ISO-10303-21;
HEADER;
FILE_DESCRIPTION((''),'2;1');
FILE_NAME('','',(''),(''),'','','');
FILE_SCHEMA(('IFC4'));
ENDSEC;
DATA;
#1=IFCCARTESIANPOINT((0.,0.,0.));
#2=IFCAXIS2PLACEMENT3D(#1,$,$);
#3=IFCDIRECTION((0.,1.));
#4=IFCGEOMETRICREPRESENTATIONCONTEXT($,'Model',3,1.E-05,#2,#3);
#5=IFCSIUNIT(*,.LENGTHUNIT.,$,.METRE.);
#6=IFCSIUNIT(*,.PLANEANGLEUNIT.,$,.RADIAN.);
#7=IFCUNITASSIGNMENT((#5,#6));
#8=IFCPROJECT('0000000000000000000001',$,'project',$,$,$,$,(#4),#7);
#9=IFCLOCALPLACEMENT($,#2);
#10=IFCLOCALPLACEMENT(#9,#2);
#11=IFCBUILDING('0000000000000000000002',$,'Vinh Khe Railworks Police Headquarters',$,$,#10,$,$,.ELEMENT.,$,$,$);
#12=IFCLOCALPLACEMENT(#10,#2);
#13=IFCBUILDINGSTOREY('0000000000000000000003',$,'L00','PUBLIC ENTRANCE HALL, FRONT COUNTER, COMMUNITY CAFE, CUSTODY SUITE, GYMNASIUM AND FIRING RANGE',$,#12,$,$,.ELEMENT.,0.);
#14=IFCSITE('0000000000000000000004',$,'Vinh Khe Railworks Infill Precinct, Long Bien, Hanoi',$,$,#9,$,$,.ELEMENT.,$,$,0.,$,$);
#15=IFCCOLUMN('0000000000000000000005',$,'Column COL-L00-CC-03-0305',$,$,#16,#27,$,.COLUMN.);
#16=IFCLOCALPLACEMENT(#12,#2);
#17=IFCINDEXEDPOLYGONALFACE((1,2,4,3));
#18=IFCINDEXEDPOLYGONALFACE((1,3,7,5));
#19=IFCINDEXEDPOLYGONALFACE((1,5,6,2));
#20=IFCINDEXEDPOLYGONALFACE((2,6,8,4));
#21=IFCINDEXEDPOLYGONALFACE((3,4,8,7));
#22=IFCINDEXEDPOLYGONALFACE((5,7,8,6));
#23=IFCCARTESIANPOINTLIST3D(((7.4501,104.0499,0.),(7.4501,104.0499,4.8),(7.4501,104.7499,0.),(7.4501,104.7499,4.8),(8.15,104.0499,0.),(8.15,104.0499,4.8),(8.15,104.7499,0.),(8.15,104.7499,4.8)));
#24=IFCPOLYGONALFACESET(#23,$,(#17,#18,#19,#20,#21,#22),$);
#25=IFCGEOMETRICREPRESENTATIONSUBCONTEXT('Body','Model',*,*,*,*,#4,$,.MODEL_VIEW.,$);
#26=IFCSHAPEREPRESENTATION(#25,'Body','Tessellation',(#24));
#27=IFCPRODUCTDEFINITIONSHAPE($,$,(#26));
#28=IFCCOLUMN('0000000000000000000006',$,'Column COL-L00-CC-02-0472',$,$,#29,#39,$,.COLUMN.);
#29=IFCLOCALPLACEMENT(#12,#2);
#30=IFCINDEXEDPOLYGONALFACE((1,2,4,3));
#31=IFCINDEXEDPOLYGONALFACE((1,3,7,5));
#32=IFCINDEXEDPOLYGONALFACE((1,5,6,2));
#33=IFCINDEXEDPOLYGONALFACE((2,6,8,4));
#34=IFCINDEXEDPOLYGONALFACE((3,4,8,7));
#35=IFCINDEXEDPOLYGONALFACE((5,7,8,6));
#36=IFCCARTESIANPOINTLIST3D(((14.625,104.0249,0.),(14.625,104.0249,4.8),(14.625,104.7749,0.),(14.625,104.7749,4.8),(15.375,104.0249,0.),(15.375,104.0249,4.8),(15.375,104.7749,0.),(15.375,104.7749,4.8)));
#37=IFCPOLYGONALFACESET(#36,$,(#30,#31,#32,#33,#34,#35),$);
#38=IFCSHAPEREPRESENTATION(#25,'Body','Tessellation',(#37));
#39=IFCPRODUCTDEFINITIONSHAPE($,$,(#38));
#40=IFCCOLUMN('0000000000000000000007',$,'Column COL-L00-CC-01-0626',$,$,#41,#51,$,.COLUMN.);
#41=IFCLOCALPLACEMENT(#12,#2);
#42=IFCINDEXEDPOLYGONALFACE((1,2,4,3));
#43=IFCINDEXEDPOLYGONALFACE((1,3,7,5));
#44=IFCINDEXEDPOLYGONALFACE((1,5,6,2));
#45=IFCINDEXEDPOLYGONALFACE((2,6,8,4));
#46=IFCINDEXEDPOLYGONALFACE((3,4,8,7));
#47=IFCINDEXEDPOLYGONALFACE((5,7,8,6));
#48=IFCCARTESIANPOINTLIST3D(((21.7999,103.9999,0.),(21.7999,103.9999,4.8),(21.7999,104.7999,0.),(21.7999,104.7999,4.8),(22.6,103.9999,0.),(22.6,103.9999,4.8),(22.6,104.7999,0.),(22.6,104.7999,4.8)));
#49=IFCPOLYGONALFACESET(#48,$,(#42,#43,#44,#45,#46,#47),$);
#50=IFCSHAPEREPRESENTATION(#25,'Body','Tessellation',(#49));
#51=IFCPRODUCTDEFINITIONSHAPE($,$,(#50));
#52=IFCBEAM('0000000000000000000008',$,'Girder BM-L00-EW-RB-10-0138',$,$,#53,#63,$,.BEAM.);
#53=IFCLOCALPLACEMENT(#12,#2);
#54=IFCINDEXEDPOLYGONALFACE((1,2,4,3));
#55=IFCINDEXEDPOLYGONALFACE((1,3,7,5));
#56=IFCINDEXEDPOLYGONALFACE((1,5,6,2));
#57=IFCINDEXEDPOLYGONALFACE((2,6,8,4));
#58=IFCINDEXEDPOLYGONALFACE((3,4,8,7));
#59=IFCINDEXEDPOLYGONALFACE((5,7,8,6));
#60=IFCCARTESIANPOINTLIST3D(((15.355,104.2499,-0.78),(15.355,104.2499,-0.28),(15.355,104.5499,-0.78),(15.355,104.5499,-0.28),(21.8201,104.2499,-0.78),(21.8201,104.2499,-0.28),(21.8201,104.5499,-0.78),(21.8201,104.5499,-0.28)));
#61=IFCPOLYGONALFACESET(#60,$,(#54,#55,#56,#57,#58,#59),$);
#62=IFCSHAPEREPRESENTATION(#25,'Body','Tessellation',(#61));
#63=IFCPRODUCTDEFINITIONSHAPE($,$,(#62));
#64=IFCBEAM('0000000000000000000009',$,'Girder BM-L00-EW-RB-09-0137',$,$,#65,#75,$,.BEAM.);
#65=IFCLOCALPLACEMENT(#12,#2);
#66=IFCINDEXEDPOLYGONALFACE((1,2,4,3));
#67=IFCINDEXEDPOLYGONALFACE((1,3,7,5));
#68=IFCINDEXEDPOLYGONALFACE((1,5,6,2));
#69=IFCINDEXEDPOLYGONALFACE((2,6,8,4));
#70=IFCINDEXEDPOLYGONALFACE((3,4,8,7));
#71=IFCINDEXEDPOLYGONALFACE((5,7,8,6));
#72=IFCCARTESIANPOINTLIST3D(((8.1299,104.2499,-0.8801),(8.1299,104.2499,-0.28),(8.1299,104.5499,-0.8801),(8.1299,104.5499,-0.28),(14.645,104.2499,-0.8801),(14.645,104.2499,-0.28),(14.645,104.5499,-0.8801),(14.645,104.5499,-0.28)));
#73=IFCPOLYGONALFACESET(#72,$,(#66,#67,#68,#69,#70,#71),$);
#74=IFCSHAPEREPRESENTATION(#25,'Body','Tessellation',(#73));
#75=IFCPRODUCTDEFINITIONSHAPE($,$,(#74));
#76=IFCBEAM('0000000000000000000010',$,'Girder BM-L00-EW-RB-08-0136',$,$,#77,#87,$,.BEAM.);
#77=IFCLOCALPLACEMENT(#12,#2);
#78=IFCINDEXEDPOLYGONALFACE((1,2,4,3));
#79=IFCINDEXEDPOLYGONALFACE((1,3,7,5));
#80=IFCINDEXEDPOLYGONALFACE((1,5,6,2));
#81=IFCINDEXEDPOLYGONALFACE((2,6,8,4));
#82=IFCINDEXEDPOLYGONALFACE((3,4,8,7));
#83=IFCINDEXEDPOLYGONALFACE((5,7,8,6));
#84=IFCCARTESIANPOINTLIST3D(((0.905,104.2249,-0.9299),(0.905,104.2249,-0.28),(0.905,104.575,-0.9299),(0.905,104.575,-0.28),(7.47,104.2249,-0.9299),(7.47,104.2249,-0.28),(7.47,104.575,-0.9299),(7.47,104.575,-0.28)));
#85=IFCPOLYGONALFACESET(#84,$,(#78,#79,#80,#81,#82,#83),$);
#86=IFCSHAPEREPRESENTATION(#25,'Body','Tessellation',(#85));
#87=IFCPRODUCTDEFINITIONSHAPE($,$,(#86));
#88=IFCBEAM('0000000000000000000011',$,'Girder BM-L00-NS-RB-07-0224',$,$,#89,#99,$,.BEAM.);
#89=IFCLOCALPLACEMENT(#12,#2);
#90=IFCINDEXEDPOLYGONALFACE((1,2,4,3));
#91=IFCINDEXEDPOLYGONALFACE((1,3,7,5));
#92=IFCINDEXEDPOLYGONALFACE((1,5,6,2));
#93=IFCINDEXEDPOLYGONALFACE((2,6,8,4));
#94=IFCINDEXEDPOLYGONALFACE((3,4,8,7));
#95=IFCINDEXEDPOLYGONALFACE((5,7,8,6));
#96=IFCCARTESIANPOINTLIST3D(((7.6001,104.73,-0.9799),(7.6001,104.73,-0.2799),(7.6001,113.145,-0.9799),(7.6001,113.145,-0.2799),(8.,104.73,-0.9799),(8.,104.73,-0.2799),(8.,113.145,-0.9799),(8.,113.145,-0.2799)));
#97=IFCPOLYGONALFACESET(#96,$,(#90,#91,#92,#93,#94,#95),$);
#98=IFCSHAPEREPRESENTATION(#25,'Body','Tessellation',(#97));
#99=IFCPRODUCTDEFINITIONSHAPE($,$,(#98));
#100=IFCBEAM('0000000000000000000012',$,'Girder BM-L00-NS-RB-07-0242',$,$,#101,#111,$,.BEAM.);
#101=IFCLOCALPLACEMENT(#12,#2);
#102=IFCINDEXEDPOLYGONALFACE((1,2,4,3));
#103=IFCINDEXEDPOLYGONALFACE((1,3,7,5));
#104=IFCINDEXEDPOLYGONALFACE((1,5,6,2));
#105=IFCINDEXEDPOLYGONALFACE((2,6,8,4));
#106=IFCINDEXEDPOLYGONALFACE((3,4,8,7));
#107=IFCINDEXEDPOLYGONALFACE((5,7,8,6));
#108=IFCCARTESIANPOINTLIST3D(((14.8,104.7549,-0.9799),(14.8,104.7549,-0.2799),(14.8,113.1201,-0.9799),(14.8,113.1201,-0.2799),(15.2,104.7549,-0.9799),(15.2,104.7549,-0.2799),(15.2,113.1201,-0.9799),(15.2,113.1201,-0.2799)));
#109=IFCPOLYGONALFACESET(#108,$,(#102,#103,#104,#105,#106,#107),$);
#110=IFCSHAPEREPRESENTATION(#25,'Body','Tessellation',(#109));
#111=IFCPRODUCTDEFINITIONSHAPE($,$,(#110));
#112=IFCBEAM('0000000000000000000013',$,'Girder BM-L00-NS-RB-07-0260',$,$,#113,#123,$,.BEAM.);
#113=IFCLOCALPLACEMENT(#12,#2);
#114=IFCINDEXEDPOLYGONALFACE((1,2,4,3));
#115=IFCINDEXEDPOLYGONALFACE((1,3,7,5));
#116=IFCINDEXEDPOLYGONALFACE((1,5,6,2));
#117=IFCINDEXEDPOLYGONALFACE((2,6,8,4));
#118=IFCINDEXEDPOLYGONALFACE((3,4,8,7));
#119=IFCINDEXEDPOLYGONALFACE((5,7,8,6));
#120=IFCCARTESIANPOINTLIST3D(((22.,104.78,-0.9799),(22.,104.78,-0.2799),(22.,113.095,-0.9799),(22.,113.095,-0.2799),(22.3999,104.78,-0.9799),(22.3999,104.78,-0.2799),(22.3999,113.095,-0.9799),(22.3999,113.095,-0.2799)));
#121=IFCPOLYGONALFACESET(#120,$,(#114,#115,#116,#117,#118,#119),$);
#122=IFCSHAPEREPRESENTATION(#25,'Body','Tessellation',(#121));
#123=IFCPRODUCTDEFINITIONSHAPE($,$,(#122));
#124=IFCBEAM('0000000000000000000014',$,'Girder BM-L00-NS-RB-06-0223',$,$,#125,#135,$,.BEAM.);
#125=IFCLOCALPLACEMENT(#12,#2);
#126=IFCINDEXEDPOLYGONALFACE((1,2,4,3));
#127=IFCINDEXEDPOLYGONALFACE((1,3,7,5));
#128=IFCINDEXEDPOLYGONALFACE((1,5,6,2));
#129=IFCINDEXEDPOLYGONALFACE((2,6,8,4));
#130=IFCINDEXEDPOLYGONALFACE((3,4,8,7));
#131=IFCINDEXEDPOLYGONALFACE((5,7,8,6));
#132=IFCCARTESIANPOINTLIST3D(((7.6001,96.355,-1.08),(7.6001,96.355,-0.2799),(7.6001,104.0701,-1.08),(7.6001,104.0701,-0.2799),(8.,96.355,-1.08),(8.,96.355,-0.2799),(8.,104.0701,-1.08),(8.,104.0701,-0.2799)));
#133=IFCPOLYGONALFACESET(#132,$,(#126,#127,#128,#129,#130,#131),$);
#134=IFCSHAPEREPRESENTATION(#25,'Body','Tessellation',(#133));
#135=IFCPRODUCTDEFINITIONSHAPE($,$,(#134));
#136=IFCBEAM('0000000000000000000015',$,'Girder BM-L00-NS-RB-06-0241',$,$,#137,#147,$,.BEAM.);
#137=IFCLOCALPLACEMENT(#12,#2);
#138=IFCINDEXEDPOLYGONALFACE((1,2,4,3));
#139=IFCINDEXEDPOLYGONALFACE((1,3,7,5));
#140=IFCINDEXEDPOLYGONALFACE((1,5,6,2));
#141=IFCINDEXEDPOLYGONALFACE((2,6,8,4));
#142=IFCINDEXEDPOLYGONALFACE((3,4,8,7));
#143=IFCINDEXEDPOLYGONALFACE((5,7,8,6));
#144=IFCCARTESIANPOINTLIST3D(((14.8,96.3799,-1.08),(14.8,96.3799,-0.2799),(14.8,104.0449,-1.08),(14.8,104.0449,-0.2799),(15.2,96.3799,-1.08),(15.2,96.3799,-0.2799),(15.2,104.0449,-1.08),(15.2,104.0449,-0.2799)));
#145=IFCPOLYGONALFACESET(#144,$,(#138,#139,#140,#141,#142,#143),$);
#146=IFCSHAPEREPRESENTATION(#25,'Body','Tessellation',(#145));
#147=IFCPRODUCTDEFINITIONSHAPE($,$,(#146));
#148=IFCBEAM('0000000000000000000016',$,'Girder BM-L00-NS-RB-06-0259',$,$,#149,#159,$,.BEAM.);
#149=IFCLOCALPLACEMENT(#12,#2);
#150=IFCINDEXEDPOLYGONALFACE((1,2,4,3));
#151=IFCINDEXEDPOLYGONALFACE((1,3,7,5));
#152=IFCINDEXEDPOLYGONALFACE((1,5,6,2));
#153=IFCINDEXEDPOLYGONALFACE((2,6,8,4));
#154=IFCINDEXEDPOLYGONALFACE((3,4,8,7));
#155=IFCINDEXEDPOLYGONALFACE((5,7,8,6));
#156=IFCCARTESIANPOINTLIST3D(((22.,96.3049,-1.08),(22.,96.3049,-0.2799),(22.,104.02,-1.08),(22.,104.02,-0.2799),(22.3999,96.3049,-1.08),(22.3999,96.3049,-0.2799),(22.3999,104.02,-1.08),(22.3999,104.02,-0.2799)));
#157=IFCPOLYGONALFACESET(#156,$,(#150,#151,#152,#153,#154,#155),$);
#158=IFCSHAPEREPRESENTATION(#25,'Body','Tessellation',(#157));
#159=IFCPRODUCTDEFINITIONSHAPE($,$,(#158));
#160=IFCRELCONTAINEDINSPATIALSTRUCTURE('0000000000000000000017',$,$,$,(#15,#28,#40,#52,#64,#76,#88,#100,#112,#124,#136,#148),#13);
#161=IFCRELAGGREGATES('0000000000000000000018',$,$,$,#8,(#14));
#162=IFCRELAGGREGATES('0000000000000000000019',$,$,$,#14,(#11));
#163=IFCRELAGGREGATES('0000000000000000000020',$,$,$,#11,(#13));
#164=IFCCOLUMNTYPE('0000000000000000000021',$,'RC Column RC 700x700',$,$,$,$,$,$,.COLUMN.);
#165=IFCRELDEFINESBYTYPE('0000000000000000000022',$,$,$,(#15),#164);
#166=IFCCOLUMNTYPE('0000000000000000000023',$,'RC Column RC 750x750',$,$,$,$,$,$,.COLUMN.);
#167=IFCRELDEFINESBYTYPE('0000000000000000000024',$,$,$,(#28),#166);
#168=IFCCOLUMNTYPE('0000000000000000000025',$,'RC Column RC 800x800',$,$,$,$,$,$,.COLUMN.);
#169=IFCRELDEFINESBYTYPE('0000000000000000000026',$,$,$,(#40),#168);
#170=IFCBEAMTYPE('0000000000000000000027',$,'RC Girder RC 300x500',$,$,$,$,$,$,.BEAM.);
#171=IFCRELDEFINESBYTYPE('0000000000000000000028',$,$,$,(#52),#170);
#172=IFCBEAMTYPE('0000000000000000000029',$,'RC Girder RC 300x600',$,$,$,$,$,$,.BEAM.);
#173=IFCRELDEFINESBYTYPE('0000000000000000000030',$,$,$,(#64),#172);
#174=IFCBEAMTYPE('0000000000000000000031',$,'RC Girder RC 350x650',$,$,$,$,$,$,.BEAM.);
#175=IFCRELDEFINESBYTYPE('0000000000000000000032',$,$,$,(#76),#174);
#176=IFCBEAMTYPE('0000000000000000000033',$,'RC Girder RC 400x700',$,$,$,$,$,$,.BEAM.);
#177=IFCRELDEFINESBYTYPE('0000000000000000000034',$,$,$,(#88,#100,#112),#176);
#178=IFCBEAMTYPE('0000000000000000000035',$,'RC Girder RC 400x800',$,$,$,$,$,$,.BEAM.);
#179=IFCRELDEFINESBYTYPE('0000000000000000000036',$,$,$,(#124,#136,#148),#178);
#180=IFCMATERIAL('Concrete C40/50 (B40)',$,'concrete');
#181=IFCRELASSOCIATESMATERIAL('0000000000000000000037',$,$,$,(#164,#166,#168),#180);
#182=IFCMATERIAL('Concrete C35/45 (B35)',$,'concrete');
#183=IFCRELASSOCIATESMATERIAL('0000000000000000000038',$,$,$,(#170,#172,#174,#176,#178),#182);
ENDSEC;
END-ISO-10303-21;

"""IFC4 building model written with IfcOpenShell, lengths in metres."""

from ifc_helpers import new_model, si_unit, direction, frame, origin, origin_2d, place, context, subcontext, project, spatial, rectangle, extrude, material, material_profile, profile_set, type_object, element, save


model = new_model("IFC4")

# Units and contexts
model_context = context("Model", 3, precision=1e-05, world=origin(), true_north=direction((0.0, 1.0)))
body_context = subcontext(model_context, "Body", "Model", "MODEL_VIEW")
ifc_project = project(units=[si_unit("LENGTHUNIT", "METRE"), si_unit("PLANEANGLEUNIT", "RADIAN")], contexts=[model_context])

# Site, building, storey
site_placement = place(None, origin())
site = spatial("IfcSite", under=ifc_project, at=site_placement, Name="Vinh Khe Railworks Infill Precinct, Long Bien, Hanoi", CompositionType="ELEMENT", RefElevation=0.0)
building_placement = place(site_placement, origin())
building = spatial("IfcBuilding", under=site, at=building_placement, Name="Vinh Khe Railworks Police Headquarters", CompositionType="ELEMENT")
storey_placement = place(building_placement, origin())
storey = spatial("IfcBuildingStorey", under=building, at=storey_placement, Name="L00", Description="PUBLIC ENTRANCE HALL, FRONT COUNTER, COMMUNITY CAFE, CUSTODY SUITE, GYMNASIUM AND FIRING RANGE", CompositionType="ELEMENT", Elevation=0.0)

# Columns
ifc_material_1 = material(Name="Concrete C40/50 (B40)", Category="concrete")
ifc_material_profile_1 = material_profile(ifc_material_1, rectangle(XDim=0.7, YDim=0.7, at=origin_2d()), Name="RC 700x700")
ifc_profile_set_1 = profile_set([ifc_material_profile_1], Name="Concrete C40/50 (B40)")
column_type_1 = type_object("IfcColumnType", Name="RC Column RC 700x700", PredefinedType="COLUMN", material=ifc_profile_set_1)
column_1_placement = place(storey_placement, frame((7.8, 104.3999, 0.0), z_axis=(0.0, 0.0, 1.0), x_axis=(1.0, 0.0, 0.0)))
element("IfcColumn", 1, at=column_1_placement, inside=storey, type_object=column_type_1, Name="Column COL-L00-CC-03-0305", PredefinedType="COLUMN", context=body_context, shape_type="SweptSolid", body=[
    extrude(rectangle(XDim=0.7, YDim=0.7, at=origin_2d()), origin(), (0.0, 0.0, 1.0), 4.8),
])
ifc_material_profile_2 = material_profile(ifc_material_1, rectangle(XDim=0.75, YDim=0.75, at=origin_2d()), Name="RC 750x750")
ifc_profile_set_2 = profile_set([ifc_material_profile_2], Name="Concrete C40/50 (B40)")
column_type_2 = type_object("IfcColumnType", Name="RC Column RC 750x750", PredefinedType="COLUMN", material=ifc_profile_set_2)
column_2_placement = place(storey_placement, frame((15.0, 104.3999, 0.0), z_axis=(0.0, 0.0, 1.0), x_axis=(1.0, 0.0, 0.0)))
element("IfcColumn", 2, at=column_2_placement, inside=storey, type_object=column_type_2, Name="Column COL-L00-CC-02-0472", PredefinedType="COLUMN", context=body_context, shape_type="SweptSolid", body=[
    extrude(rectangle(XDim=0.75, YDim=0.75, at=origin_2d()), origin(), (0.0, 0.0, 1.0), 4.8),
])
ifc_material_profile_3 = material_profile(ifc_material_1, rectangle(XDim=0.8, YDim=0.8, at=origin_2d()), Name="RC 800x800")
ifc_profile_set_3 = profile_set([ifc_material_profile_3], Name="Concrete C40/50 (B40)")
column_type_3 = type_object("IfcColumnType", Name="RC Column RC 800x800", PredefinedType="COLUMN", material=ifc_profile_set_3)
column_3_placement = place(storey_placement, frame((22.2, 104.3999, 0.0), z_axis=(0.0, 0.0, 1.0), x_axis=(1.0, 0.0, 0.0)))
element("IfcColumn", 3, at=column_3_placement, inside=storey, type_object=column_type_3, Name="Column COL-L00-CC-01-0626", PredefinedType="COLUMN", context=body_context, shape_type="SweptSolid", body=[
    extrude(rectangle(XDim=0.8, YDim=0.8, at=origin_2d()), origin(), (0.0, 0.0, 1.0), 4.8),
])

# Beams
ifc_material_2 = material(Name="Concrete C35/45 (B35)", Category="concrete")
ifc_material_profile_4 = material_profile(ifc_material_2, rectangle(XDim=0.3, YDim=0.5, at=origin_2d()), Name="RC 300x500")
ifc_profile_set_4 = profile_set([ifc_material_profile_4], Name="Concrete C35/45 (B35)")
beam_type_1 = type_object("IfcBeamType", Name="RC Girder RC 300x500", PredefinedType="BEAM", material=ifc_profile_set_4)
beam_1_placement = place(storey_placement, frame((15.355, 104.3999, -0.53), z_axis=(1.0, 0.0, 0.0), x_axis=(0.0, 1.0, 0.0)))
element("IfcBeam", 4, at=beam_1_placement, inside=storey, type_object=beam_type_1, Name="Girder BM-L00-EW-RB-10-0138", PredefinedType="BEAM", context=body_context, shape_type="SweptSolid", body=[
    extrude(rectangle(XDim=0.3, YDim=0.5, at=origin_2d()), origin(), (0.0, 0.0, 1.0), 6.4651),
])
ifc_material_profile_5 = material_profile(ifc_material_2, rectangle(XDim=0.3, YDim=0.6001, at=origin_2d()), Name="RC 300x600")
ifc_profile_set_5 = profile_set([ifc_material_profile_5], Name="Concrete C35/45 (B35)")
beam_type_2 = type_object("IfcBeamType", Name="RC Girder RC 300x600", PredefinedType="BEAM", material=ifc_profile_set_5)
beam_2_placement = place(storey_placement, frame((8.1299, 104.3999, -0.5801), z_axis=(1.0, 0.0, 0.0), x_axis=(0.0, 1.0, 0.0)))
element("IfcBeam", 5, at=beam_2_placement, inside=storey, type_object=beam_type_2, Name="Girder BM-L00-EW-RB-09-0137", PredefinedType="BEAM", context=body_context, shape_type="SweptSolid", body=[
    extrude(rectangle(XDim=0.3, YDim=0.6001, at=origin_2d()), origin(), (0.0, 0.0, 1.0), 6.5151),
])
ifc_material_profile_6 = material_profile(ifc_material_2, rectangle(XDim=0.3501, YDim=0.6499, at=origin_2d()), Name="RC 350x650")
ifc_profile_set_6 = profile_set([ifc_material_profile_6], Name="Concrete C35/45 (B35)")
beam_type_3 = type_object("IfcBeamType", Name="RC Girder RC 350x650", PredefinedType="BEAM", material=ifc_profile_set_6)
beam_3_placement = place(storey_placement, frame((0.905, 104.3999, -0.605), z_axis=(1.0, 0.0, 0.0), x_axis=(0.0, 1.0, 0.0)))
element("IfcBeam", 6, at=beam_3_placement, inside=storey, type_object=beam_type_3, Name="Girder BM-L00-EW-RB-08-0136", PredefinedType="BEAM", context=body_context, shape_type="SweptSolid", body=[
    extrude(rectangle(XDim=0.3501, YDim=0.6499, at=origin_2d()), origin(), (0.0, 0.0, 1.0), 6.5649),
])
ifc_material_profile_7 = material_profile(ifc_material_2, rectangle(XDim=0.3999, YDim=0.7, at=origin_2d()), Name="RC 400x700")
ifc_profile_set_7 = profile_set([ifc_material_profile_7], Name="Concrete C35/45 (B35)")
beam_type_4 = type_object("IfcBeamType", Name="RC Girder RC 400x700", PredefinedType="BEAM", material=ifc_profile_set_7)
beam_4_placement = place(storey_placement, frame((7.8, 104.73, -0.6299), z_axis=(0.0, 1.0, 0.0), x_axis=(-1.0, 0.0, 0.0)))
element("IfcBeam", 7, at=beam_4_placement, inside=storey, type_object=beam_type_4, Name="Girder BM-L00-NS-RB-07-0224", PredefinedType="BEAM", context=body_context, shape_type="SweptSolid", body=[
    extrude(rectangle(XDim=0.3999, YDim=0.7, at=origin_2d()), origin(), (0.0, 0.0, 1.0), 8.415),
])
beam_5_placement = place(storey_placement, frame((15.0, 104.7549, -0.6299), z_axis=(0.0, 1.0, 0.0), x_axis=(-1.0, 0.0, 0.0)))
element("IfcBeam", 8, at=beam_5_placement, inside=storey, type_object=beam_type_4, Name="Girder BM-L00-NS-RB-07-0242", PredefinedType="BEAM", context=body_context, shape_type="SweptSolid", body=[
    extrude(rectangle(XDim=0.3999, YDim=0.7, at=origin_2d()), origin(), (0.0, 0.0, 1.0), 8.3652),
])
beam_6_placement = place(storey_placement, frame((22.2, 104.78, -0.6299), z_axis=(0.0, 1.0, 0.0), x_axis=(-1.0, 0.0, 0.0)))
element("IfcBeam", 9, at=beam_6_placement, inside=storey, type_object=beam_type_4, Name="Girder BM-L00-NS-RB-07-0260", PredefinedType="BEAM", context=body_context, shape_type="SweptSolid", body=[
    extrude(rectangle(XDim=0.3999, YDim=0.7, at=origin_2d()), origin(), (0.0, 0.0, 1.0), 8.3149),
])
ifc_material_profile_8 = material_profile(ifc_material_2, rectangle(XDim=0.3999, YDim=0.8, at=origin_2d()), Name="RC 400x800")
ifc_profile_set_8 = profile_set([ifc_material_profile_8], Name="Concrete C35/45 (B35)")
beam_type_5 = type_object("IfcBeamType", Name="RC Girder RC 400x800", PredefinedType="BEAM", material=ifc_profile_set_8)
beam_7_placement = place(storey_placement, frame((7.8, 96.355, -0.6799), z_axis=(0.0, 1.0, 0.0), x_axis=(-1.0, 0.0, 0.0)))
element("IfcBeam", 10, at=beam_7_placement, inside=storey, type_object=beam_type_5, Name="Girder BM-L00-NS-RB-06-0223", PredefinedType="BEAM", context=body_context, shape_type="SweptSolid", body=[
    extrude(rectangle(XDim=0.3999, YDim=0.8, at=origin_2d()), origin(), (0.0, 0.0, 1.0), 7.7151),
])
beam_8_placement = place(storey_placement, frame((15.0, 96.3799, -0.6799), z_axis=(0.0, 1.0, 0.0), x_axis=(-1.0, 0.0, 0.0)))
element("IfcBeam", 11, at=beam_8_placement, inside=storey, type_object=beam_type_5, Name="Girder BM-L00-NS-RB-06-0241", PredefinedType="BEAM", context=body_context, shape_type="SweptSolid", body=[
    extrude(rectangle(XDim=0.3999, YDim=0.8, at=origin_2d()), origin(), (0.0, 0.0, 1.0), 7.665),
])
beam_9_placement = place(storey_placement, frame((22.2, 96.3049, -0.6799), z_axis=(0.0, 1.0, 0.0), x_axis=(-1.0, 0.0, 0.0)))
element("IfcBeam", 12, at=beam_9_placement, inside=storey, type_object=beam_type_5, Name="Girder BM-L00-NS-RB-06-0259", PredefinedType="BEAM", context=body_context, shape_type="SweptSolid", body=[
    extrude(rectangle(XDim=0.3999, YDim=0.8, at=origin_2d()), origin(), (0.0, 0.0, 1.0), 7.7151),
])

save(model, "model.ifc")
